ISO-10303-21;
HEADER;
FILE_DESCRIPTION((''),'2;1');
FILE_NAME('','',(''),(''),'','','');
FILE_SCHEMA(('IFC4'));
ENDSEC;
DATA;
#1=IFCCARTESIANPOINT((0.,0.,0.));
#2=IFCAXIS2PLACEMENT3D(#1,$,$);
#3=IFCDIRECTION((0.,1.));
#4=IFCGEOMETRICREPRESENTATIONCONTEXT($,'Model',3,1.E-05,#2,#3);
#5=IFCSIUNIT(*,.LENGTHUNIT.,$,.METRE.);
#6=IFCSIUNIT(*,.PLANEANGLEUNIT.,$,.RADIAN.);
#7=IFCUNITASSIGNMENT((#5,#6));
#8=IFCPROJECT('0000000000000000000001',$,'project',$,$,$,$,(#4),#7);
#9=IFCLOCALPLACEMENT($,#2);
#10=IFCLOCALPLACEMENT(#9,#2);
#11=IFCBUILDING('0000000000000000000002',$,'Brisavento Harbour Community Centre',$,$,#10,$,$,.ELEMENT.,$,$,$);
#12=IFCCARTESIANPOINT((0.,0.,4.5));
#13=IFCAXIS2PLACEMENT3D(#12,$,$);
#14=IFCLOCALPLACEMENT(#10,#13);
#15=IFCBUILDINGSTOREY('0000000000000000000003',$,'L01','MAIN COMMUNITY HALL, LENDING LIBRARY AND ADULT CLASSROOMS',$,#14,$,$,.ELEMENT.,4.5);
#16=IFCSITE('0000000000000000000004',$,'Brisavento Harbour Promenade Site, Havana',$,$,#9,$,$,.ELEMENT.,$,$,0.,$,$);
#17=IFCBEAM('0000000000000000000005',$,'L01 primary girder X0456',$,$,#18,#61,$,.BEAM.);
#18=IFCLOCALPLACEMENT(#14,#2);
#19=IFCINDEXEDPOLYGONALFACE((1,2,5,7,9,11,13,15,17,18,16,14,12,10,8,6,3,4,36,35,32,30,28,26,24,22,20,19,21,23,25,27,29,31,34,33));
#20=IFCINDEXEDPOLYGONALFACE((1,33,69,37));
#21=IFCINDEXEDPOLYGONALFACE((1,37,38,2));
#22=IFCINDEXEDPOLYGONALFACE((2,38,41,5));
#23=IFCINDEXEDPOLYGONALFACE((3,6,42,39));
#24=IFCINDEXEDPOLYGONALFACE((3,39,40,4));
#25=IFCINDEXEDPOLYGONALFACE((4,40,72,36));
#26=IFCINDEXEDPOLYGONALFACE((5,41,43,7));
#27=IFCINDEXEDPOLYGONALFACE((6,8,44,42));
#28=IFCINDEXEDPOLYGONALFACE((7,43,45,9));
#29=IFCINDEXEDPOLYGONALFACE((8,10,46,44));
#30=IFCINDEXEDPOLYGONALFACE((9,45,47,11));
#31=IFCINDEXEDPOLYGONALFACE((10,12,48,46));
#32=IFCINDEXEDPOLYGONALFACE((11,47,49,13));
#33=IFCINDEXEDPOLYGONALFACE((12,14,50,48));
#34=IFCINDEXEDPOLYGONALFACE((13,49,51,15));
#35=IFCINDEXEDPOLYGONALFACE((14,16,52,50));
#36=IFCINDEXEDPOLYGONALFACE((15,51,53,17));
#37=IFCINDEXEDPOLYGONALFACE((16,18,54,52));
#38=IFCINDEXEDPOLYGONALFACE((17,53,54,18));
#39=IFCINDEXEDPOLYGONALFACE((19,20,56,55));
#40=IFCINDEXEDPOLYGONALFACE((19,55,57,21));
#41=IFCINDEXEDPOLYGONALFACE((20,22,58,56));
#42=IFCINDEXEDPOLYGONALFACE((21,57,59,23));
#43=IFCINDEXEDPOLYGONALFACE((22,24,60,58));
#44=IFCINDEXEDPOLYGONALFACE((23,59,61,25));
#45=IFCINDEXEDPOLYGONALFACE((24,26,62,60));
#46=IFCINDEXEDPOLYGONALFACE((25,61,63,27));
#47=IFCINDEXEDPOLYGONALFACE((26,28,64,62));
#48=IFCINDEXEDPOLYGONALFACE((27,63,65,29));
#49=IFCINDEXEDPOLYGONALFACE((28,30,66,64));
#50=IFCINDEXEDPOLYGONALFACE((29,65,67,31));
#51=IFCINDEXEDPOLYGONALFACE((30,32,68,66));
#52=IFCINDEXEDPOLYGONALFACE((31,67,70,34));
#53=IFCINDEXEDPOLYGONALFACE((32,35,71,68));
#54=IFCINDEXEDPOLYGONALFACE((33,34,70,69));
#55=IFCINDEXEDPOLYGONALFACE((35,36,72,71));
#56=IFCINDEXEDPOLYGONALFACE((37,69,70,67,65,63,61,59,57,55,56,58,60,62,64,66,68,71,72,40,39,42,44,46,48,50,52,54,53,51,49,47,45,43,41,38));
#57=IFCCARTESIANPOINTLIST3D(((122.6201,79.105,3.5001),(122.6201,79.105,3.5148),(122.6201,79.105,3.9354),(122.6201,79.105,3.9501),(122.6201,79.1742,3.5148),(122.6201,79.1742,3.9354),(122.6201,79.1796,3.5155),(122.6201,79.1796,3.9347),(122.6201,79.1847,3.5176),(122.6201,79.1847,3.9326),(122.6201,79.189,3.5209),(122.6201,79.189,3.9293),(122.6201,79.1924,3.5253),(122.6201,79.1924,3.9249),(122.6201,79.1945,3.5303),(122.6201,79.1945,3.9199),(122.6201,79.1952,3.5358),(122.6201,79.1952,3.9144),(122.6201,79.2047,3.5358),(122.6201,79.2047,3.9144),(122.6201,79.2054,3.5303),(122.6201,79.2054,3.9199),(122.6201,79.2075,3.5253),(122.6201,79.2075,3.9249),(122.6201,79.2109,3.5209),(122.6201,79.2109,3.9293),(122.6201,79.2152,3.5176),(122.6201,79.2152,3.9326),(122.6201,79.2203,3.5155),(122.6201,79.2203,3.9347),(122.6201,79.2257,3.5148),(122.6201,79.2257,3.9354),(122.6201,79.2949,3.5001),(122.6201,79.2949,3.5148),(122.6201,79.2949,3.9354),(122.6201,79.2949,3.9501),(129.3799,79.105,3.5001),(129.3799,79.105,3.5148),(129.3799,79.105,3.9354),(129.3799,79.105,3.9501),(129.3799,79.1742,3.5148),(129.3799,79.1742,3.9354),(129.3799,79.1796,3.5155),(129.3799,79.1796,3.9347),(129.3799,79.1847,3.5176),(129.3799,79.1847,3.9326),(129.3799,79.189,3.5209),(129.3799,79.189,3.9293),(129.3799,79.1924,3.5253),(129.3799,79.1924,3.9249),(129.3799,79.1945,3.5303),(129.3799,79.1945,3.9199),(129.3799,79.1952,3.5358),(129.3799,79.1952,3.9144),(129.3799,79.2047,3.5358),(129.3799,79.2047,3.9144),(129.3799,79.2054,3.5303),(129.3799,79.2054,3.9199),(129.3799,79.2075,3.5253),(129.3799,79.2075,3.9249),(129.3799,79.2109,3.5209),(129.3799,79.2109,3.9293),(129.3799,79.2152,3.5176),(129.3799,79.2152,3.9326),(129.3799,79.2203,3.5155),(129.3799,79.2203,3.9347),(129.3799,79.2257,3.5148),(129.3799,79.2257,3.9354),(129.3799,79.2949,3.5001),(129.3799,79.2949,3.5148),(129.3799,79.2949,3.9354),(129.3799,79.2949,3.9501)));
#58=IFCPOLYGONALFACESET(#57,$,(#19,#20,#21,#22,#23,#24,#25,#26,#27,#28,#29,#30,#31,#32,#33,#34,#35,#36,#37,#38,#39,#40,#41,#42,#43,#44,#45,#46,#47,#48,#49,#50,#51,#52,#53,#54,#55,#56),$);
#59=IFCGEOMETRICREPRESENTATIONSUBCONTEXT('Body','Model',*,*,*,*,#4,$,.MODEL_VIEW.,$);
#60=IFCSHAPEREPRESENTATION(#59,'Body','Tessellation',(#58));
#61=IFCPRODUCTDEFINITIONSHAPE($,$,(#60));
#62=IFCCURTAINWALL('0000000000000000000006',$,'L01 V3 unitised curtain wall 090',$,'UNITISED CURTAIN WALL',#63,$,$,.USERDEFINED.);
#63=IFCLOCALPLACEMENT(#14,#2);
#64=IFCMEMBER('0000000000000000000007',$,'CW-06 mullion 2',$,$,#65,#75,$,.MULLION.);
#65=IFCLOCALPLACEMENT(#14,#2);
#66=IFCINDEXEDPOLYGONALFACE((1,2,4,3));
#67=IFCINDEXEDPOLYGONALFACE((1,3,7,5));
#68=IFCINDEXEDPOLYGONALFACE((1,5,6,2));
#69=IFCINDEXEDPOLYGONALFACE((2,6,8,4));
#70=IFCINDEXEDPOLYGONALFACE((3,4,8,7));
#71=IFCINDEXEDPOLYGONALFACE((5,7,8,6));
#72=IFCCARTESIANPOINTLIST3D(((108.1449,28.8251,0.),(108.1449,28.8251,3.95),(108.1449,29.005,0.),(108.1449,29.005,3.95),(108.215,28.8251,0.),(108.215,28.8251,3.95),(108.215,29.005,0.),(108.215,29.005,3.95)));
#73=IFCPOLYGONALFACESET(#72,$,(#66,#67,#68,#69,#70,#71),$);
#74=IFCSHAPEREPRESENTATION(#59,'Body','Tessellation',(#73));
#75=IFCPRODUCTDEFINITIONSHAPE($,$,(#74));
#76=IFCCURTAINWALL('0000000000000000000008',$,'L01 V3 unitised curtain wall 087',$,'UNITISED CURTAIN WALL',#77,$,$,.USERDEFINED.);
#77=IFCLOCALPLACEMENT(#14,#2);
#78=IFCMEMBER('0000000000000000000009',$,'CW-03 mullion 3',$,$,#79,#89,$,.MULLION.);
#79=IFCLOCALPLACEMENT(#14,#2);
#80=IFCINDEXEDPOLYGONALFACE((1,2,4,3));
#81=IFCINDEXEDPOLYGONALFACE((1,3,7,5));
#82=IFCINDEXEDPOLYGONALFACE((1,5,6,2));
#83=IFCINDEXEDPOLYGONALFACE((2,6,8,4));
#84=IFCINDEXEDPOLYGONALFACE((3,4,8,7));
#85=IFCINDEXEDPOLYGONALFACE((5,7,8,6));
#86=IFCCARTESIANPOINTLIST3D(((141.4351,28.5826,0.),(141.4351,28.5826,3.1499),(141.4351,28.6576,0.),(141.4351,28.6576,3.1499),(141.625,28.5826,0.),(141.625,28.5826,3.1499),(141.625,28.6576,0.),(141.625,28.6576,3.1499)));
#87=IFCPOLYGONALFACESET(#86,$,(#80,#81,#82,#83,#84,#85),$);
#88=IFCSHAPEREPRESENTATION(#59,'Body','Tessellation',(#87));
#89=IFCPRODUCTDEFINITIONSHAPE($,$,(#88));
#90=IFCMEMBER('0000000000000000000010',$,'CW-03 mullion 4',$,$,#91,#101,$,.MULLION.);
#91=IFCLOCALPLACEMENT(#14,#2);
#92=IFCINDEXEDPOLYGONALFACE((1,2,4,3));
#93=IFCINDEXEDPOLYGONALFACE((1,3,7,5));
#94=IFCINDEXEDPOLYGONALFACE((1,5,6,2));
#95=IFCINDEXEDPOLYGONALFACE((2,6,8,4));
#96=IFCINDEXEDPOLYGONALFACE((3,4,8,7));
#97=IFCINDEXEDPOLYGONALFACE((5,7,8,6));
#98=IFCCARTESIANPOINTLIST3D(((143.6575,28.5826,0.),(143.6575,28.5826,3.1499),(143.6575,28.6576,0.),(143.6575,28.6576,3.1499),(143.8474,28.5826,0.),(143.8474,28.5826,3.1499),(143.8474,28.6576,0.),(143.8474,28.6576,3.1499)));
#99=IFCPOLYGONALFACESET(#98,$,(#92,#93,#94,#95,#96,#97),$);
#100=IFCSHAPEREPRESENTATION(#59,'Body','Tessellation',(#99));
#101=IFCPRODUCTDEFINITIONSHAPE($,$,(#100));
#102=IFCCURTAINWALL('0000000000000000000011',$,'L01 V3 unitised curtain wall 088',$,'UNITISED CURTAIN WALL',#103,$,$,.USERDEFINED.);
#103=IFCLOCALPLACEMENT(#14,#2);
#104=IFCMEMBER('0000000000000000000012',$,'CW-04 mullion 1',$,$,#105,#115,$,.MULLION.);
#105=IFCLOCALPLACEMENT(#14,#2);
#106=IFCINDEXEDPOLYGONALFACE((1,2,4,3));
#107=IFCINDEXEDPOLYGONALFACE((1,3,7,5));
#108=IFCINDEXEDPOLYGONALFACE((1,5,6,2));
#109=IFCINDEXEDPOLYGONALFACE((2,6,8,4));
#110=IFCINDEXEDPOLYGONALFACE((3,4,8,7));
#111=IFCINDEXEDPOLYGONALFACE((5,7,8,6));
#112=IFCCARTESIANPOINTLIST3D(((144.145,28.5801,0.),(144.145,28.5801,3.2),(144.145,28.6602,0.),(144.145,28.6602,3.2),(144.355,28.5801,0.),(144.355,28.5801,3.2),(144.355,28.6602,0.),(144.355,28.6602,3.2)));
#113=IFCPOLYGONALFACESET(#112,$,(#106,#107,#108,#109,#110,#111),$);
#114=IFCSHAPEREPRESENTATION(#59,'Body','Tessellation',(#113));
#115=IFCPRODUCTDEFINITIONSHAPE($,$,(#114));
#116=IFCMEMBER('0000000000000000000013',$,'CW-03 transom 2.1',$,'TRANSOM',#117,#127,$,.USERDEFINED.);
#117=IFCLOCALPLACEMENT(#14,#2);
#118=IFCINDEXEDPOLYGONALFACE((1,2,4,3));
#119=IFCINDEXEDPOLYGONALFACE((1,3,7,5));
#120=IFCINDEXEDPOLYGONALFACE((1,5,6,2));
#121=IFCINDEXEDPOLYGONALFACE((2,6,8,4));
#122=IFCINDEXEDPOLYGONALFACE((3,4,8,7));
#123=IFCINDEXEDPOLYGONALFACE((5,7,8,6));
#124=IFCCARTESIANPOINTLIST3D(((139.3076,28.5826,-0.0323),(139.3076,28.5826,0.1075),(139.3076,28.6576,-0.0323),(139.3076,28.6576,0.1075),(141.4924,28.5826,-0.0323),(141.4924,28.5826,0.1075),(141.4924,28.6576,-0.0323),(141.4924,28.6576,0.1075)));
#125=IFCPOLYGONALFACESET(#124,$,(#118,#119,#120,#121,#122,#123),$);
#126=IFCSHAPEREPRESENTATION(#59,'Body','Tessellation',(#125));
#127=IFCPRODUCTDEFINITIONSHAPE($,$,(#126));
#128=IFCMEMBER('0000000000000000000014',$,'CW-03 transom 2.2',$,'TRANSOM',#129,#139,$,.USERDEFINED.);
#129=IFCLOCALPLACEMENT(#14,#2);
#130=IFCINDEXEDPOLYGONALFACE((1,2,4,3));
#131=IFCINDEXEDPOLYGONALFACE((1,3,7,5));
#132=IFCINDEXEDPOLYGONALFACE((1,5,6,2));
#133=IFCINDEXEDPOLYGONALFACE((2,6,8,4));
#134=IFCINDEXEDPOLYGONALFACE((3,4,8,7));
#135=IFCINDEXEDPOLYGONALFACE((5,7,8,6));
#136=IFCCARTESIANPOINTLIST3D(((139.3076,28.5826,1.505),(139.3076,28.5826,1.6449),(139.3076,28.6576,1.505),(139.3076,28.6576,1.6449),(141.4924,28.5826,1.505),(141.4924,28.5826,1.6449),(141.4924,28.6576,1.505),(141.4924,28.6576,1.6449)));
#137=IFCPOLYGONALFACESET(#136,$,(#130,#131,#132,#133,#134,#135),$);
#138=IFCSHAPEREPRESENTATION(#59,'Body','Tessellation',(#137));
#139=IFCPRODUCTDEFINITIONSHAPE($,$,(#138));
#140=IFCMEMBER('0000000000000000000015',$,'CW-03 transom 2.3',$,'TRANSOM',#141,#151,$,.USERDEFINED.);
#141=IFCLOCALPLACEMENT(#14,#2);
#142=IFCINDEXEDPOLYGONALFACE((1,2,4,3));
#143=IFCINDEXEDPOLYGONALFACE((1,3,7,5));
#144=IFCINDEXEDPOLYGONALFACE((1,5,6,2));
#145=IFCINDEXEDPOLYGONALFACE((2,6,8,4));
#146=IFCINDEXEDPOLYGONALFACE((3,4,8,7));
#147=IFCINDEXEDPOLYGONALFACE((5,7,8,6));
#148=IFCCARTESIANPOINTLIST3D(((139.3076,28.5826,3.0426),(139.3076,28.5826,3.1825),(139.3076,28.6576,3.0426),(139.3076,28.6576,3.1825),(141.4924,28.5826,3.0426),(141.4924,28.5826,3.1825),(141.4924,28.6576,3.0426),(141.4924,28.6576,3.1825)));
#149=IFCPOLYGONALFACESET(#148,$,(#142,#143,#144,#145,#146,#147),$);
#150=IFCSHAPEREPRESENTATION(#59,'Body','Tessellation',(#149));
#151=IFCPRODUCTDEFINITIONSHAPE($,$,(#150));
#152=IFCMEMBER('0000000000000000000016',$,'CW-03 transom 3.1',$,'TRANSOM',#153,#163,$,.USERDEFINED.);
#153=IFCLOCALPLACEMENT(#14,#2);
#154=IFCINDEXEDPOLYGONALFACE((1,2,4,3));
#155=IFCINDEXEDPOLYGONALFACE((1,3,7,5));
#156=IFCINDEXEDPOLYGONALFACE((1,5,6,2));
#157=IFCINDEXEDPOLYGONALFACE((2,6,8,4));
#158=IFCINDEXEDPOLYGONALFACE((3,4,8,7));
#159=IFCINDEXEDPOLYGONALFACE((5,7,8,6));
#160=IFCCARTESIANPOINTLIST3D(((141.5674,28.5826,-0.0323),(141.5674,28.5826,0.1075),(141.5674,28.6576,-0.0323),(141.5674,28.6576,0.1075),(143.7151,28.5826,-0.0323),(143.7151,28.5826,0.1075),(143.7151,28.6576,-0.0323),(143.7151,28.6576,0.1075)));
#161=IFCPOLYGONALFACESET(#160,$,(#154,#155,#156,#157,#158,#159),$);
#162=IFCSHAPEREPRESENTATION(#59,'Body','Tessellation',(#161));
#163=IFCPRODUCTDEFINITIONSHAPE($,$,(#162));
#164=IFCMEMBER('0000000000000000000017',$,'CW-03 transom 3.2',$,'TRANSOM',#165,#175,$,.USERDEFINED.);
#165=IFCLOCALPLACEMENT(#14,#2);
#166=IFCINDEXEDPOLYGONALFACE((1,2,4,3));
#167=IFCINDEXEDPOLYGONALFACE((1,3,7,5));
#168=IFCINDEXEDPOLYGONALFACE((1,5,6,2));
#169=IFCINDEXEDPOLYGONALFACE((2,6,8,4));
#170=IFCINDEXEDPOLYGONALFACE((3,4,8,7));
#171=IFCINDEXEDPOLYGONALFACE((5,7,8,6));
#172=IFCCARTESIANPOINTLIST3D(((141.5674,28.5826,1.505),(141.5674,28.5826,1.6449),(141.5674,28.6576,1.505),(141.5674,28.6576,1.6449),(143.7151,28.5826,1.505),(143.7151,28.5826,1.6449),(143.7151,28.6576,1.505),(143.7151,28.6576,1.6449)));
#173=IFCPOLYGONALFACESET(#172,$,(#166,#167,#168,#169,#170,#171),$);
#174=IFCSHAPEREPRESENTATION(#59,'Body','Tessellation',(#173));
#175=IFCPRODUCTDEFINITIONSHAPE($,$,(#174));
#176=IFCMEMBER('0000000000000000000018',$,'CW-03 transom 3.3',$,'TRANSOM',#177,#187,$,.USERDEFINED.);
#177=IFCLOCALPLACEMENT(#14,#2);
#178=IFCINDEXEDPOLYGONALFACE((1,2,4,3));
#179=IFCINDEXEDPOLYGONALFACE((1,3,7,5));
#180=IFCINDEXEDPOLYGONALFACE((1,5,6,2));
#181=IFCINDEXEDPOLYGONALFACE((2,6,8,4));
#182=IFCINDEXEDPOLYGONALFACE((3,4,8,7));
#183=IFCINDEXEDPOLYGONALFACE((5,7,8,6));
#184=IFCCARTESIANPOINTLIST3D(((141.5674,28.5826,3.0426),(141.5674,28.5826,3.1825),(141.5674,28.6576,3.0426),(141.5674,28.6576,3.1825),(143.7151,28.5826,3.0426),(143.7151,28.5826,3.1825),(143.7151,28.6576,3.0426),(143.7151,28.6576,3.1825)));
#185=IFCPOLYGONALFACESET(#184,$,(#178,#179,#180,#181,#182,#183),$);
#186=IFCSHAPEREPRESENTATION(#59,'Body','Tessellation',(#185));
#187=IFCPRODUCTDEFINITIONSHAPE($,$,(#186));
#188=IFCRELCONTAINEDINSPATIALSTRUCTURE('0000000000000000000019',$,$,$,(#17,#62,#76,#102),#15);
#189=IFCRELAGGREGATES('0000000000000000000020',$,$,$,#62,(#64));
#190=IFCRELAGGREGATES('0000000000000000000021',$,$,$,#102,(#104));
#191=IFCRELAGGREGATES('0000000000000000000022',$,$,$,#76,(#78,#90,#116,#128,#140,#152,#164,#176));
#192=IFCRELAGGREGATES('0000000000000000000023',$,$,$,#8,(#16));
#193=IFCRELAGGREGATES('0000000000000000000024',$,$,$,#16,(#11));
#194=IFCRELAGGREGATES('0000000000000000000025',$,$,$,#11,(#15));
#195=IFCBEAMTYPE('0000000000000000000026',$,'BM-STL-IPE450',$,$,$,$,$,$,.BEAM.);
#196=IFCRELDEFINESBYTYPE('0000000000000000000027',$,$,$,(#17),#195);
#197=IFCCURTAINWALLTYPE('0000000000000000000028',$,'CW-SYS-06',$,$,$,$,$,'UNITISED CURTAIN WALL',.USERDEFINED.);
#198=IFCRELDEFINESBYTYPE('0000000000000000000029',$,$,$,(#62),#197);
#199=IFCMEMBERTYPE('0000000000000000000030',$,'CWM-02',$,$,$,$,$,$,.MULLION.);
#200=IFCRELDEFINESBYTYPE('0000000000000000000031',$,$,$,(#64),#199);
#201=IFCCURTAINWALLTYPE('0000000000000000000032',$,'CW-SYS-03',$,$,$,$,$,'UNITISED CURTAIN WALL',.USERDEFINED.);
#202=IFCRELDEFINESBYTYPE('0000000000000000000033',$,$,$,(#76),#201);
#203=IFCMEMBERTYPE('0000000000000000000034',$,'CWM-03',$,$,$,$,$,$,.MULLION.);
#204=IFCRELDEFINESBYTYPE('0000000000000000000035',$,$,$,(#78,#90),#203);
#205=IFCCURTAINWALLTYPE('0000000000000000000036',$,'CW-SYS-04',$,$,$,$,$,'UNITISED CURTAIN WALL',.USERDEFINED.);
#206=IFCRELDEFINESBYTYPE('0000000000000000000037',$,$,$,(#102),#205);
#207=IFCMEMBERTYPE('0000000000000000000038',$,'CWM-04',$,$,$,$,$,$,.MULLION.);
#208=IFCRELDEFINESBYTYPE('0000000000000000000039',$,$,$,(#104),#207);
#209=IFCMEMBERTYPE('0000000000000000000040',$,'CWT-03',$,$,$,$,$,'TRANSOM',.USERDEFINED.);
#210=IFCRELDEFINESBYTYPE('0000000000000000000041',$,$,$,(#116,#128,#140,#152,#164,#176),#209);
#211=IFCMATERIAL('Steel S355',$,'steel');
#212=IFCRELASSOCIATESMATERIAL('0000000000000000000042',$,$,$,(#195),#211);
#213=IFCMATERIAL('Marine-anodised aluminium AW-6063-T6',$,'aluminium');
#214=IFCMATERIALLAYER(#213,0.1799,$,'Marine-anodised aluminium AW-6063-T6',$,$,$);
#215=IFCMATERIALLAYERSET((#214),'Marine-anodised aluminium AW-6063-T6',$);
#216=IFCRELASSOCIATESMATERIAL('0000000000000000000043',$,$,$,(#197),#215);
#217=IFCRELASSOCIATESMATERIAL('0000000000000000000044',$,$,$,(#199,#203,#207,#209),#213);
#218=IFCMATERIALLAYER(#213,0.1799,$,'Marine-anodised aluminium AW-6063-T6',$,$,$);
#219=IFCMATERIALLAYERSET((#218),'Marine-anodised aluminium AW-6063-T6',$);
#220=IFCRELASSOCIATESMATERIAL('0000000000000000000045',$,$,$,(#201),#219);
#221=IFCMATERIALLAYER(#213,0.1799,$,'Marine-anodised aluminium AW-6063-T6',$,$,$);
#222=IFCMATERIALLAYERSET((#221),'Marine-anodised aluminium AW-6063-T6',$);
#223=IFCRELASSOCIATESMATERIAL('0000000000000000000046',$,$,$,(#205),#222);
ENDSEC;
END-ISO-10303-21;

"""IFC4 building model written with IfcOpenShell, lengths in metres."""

from ifc_helpers import new_model, si_unit, direction, frame, origin, origin_2d, place, context, subcontext, project, spatial, rectangle, i_section, extrude, material, layer, layer_set, material_profile, profile_set, type_object, element, aggregate, save


model = new_model("IFC4")

# Units and contexts
model_context = context("Model", 3, precision=1e-05, world=origin(), true_north=direction((0.0, 1.0)))
body_context = subcontext(model_context, "Body", "Model", "MODEL_VIEW")
ifc_project = project(units=[si_unit("LENGTHUNIT", "METRE"), si_unit("PLANEANGLEUNIT", "RADIAN")], contexts=[model_context])

# Site, building, storey
site_placement = place(None, origin())
site = spatial("IfcSite", under=ifc_project, at=site_placement, Name="Brisavento Harbour Promenade Site, Havana", CompositionType="ELEMENT", RefElevation=0.0)
building_placement = place(site_placement, origin())
building = spatial("IfcBuilding", under=site, at=building_placement, Name="Brisavento Harbour Community Centre", CompositionType="ELEMENT")
storey_placement = place(building_placement, frame((0.0, 0.0, 4.5)))
storey = spatial("IfcBuildingStorey", under=building, at=storey_placement, Name="L01", Description="MAIN COMMUNITY HALL, LENDING LIBRARY AND ADULT CLASSROOMS", CompositionType="ELEMENT", Elevation=4.5)

# Beam
ifc_material_1 = material(Name="Steel S355", Category="steel")
ifc_material_profile_1 = material_profile(ifc_material_1, i_section(OverallWidth=0.1899, OverallDepth=0.45, WebThickness=0.0095, FlangeThickness=0.0146, FilletRadius=0.021, at=origin_2d()), Name="Steel S355")
ifc_profile_set_1 = profile_set([ifc_material_profile_1], Name="Steel S355")
beam_type_1 = type_object("IfcBeamType", Name="BM-STL-IPE450", PredefinedType="BEAM", material=ifc_profile_set_1)
beam_placement = place(storey_placement, frame((122.6201, 79.2, 3.7251), z_axis=(1.0, 0.0, 0.0), x_axis=(0.0, 1.0, 0.0)))
element("IfcBeam", 1, at=beam_placement, inside=storey, type_object=beam_type_1, Name="L01 primary girder X0456", PredefinedType="BEAM", context=body_context, shape_type="SweptSolid", body=[
    extrude(i_section(OverallWidth=0.1899, OverallDepth=0.45, WebThickness=0.0095, FlangeThickness=0.0146, FilletRadius=0.021, at=origin_2d()), origin(), (0.0, 0.0, 1.0), 6.7598),
])

# Curtain wall, member
ifc_material_2 = material(Name="Marine-anodised aluminium AW-6063-T6", Category="aluminium")
ifc_layer_1 = layer(ifc_material_2, 0.1799, Name="Marine-anodised aluminium AW-6063-T6")
ifc_layer_set_1 = layer_set([ifc_layer_1], Name="Marine-anodised aluminium AW-6063-T6")
curtain_wall_type_1 = type_object("IfcCurtainWallType", Name="CW-SYS-06", ElementType="UNITISED CURTAIN WALL", PredefinedType="USERDEFINED", material=ifc_layer_set_1)
curtain_wall_1_placement = place(storey_placement, origin())
curtain_wall_1 = element("IfcCurtainWall", 2, at=curtain_wall_1_placement, inside=storey, type_object=curtain_wall_type_1, Name="L01 V3 unitised curtain wall 090", ObjectType="UNITISED CURTAIN WALL", PredefinedType="USERDEFINED")
ifc_material_profile_2 = material_profile(ifc_material_2, rectangle(XDim=0.0701, YDim=0.1799, at=origin_2d()), Name="Marine-anodised aluminium AW-6063-T6")
ifc_profile_set_2 = profile_set([ifc_material_profile_2], Name="Marine-anodised aluminium AW-6063-T6")
member_type_1 = type_object("IfcMemberType", Name="CWM-02", PredefinedType="MULLION", material=ifc_profile_set_2)
member_1_placement = place(storey_placement, frame((108.1799, 28.915, 0.0), z_axis=(0.0, 0.0, 1.0), x_axis=(-1.0, 0.0, 0.0)))
member_1 = element("IfcMember", 3, at=member_1_placement, type_object=member_type_1, Name="CW-06 mullion 2", PredefinedType="MULLION", context=body_context, shape_type="SweptSolid", body=[
    extrude(rectangle(XDim=0.0701, YDim=0.1799, at=origin_2d()), origin(), (0.0, 0.0, 1.0), 3.95),
])
aggregate(curtain_wall_1, [member_1])

# Curtain wall, members
ifc_layer_2 = layer(ifc_material_2, 0.1799, Name="Marine-anodised aluminium AW-6063-T6")
ifc_layer_set_2 = layer_set([ifc_layer_2], Name="Marine-anodised aluminium AW-6063-T6")
curtain_wall_type_2 = type_object("IfcCurtainWallType", Name="CW-SYS-03", ElementType="UNITISED CURTAIN WALL", PredefinedType="USERDEFINED", material=ifc_layer_set_2)
curtain_wall_2_placement = place(storey_placement, origin())
curtain_wall_2 = element("IfcCurtainWall", 4, at=curtain_wall_2_placement, inside=storey, type_object=curtain_wall_type_2, Name="L01 V3 unitised curtain wall 087", ObjectType="UNITISED CURTAIN WALL", PredefinedType="USERDEFINED")
ifc_material_profile_3 = material_profile(ifc_material_2, rectangle(XDim=0.075, YDim=0.1899, at=origin_2d()), Name="Marine-anodised aluminium AW-6063-T6")
ifc_profile_set_3 = profile_set([ifc_material_profile_3], Name="Marine-anodised aluminium AW-6063-T6")
member_type_2 = type_object("IfcMemberType", Name="CWM-03", PredefinedType="MULLION", material=ifc_profile_set_3)
member_2_placement = place(storey_placement, frame((141.53, 28.6201, 0.0), z_axis=(0.0, 0.0, 1.0), x_axis=(0.0, 1.0, 0.0)))
member_2 = element("IfcMember", 5, at=member_2_placement, type_object=member_type_2, Name="CW-03 mullion 3", PredefinedType="MULLION", context=body_context, shape_type="SweptSolid", body=[
    extrude(rectangle(XDim=0.075, YDim=0.1899, at=origin_2d()), origin(), (0.0, 0.0, 1.0), 3.1499),
])
member_3_placement = place(storey_placement, frame((143.7524, 28.6201, 0.0), z_axis=(0.0, 0.0, 1.0), x_axis=(0.0, 1.0, 0.0)))
member_3 = element("IfcMember", 6, at=member_3_placement, type_object=member_type_2, Name="CW-03 mullion 4", PredefinedType="MULLION", context=body_context, shape_type="SweptSolid", body=[
    extrude(rectangle(XDim=0.075, YDim=0.1899, at=origin_2d()), origin(), (0.0, 0.0, 1.0), 3.1499),
])

# Curtain wall, member
ifc_layer_3 = layer(ifc_material_2, 0.1799, Name="Marine-anodised aluminium AW-6063-T6")
ifc_layer_set_3 = layer_set([ifc_layer_3], Name="Marine-anodised aluminium AW-6063-T6")
curtain_wall_type_3 = type_object("IfcCurtainWallType", Name="CW-SYS-04", ElementType="UNITISED CURTAIN WALL", PredefinedType="USERDEFINED", material=ifc_layer_set_3)
curtain_wall_3_placement = place(storey_placement, origin())
curtain_wall_3 = element("IfcCurtainWall", 7, at=curtain_wall_3_placement, inside=storey, type_object=curtain_wall_type_3, Name="L01 V3 unitised curtain wall 088", ObjectType="UNITISED CURTAIN WALL", PredefinedType="USERDEFINED")
ifc_material_profile_4 = material_profile(ifc_material_2, rectangle(XDim=0.0801, YDim=0.21, at=origin_2d()), Name="Marine-anodised aluminium AW-6063-T6")
ifc_profile_set_4 = profile_set([ifc_material_profile_4], Name="Marine-anodised aluminium AW-6063-T6")
member_type_3 = type_object("IfcMemberType", Name="CWM-04", PredefinedType="MULLION", material=ifc_profile_set_4)
member_4_placement = place(storey_placement, frame((144.25, 28.6201, 0.0), z_axis=(0.0, 0.0, 1.0), x_axis=(0.0, 1.0, 0.0)))
member_4 = element("IfcMember", 8, at=member_4_placement, type_object=member_type_3, Name="CW-04 mullion 1", PredefinedType="MULLION", context=body_context, shape_type="SweptSolid", body=[
    extrude(rectangle(XDim=0.0801, YDim=0.21, at=origin_2d()), origin(), (0.0, 0.0, 1.0), 3.2),
])

# Members
ifc_material_profile_5 = material_profile(ifc_material_2, rectangle(XDim=0.075, YDim=0.1399, at=origin_2d()), Name="Marine-anodised aluminium AW-6063-T6")
ifc_profile_set_5 = profile_set([ifc_material_profile_5], Name="Marine-anodised aluminium AW-6063-T6")
member_type_4 = type_object("IfcMemberType", Name="CWT-03", ElementType="TRANSOM", PredefinedType="USERDEFINED", material=ifc_profile_set_5)
member_5_placement = place(storey_placement, frame((139.3076, 28.6201, 0.0376), z_axis=(1.0, 0.0, 0.0), x_axis=(0.0, 1.0, 0.0)))
member_5 = element("IfcMember", 9, at=member_5_placement, type_object=member_type_4, Name="CW-03 transom 2.1", ObjectType="TRANSOM", PredefinedType="USERDEFINED", context=body_context, shape_type="SweptSolid", body=[
    extrude(rectangle(XDim=0.075, YDim=0.1399, at=origin_2d()), origin(), (0.0, 0.0, 1.0), 2.1848),
])
member_6_placement = place(storey_placement, frame((139.3076, 28.6201, 1.575), z_axis=(1.0, 0.0, 0.0), x_axis=(0.0, 1.0, 0.0)))
member_6 = element("IfcMember", 10, at=member_6_placement, type_object=member_type_4, Name="CW-03 transom 2.2", ObjectType="TRANSOM", PredefinedType="USERDEFINED", context=body_context, shape_type="SweptSolid", body=[
    extrude(rectangle(XDim=0.075, YDim=0.1399, at=origin_2d()), origin(), (0.0, 0.0, 1.0), 2.1848),
])
member_7_placement = place(storey_placement, frame((139.3076, 28.6201, 3.1125), z_axis=(1.0, 0.0, 0.0), x_axis=(0.0, 1.0, 0.0)))
member_7 = element("IfcMember", 11, at=member_7_placement, type_object=member_type_4, Name="CW-03 transom 2.3", ObjectType="TRANSOM", PredefinedType="USERDEFINED", context=body_context, shape_type="SweptSolid", body=[
    extrude(rectangle(XDim=0.075, YDim=0.1399, at=origin_2d()), origin(), (0.0, 0.0, 1.0), 2.1848),
])
member_8_placement = place(storey_placement, frame((141.5674, 28.6201, 0.0376), z_axis=(1.0, 0.0, 0.0), x_axis=(0.0, 1.0, 0.0)))
member_8 = element("IfcMember", 12, at=member_8_placement, type_object=member_type_4, Name="CW-03 transom 3.1", ObjectType="TRANSOM", PredefinedType="USERDEFINED", context=body_context, shape_type="SweptSolid", body=[
    extrude(rectangle(XDim=0.075, YDim=0.1399, at=origin_2d()), origin(), (0.0, 0.0, 1.0), 2.1477),
])
member_9_placement = place(storey_placement, frame((141.5674, 28.6201, 1.575), z_axis=(1.0, 0.0, 0.0), x_axis=(0.0, 1.0, 0.0)))
member_9 = element("IfcMember", 13, at=member_9_placement, type_object=member_type_4, Name="CW-03 transom 3.2", ObjectType="TRANSOM", PredefinedType="USERDEFINED", context=body_context, shape_type="SweptSolid", body=[
    extrude(rectangle(XDim=0.075, YDim=0.1399, at=origin_2d()), origin(), (0.0, 0.0, 1.0), 2.1477),
])
member_10_placement = place(storey_placement, frame((141.5674, 28.6201, 3.1125), z_axis=(1.0, 0.0, 0.0), x_axis=(0.0, 1.0, 0.0)))
member_10 = element("IfcMember", 14, at=member_10_placement, type_object=member_type_4, Name="CW-03 transom 3.3", ObjectType="TRANSOM", PredefinedType="USERDEFINED", context=body_context, shape_type="SweptSolid", body=[
    extrude(rectangle(XDim=0.075, YDim=0.1399, at=origin_2d()), origin(), (0.0, 0.0, 1.0), 2.1477),
])
aggregate(curtain_wall_3, [member_4])

aggregate(curtain_wall_2, [member_2, member_3, member_5, member_6, member_7, member_8, member_9, member_10])

save(model, "model.ifc")
